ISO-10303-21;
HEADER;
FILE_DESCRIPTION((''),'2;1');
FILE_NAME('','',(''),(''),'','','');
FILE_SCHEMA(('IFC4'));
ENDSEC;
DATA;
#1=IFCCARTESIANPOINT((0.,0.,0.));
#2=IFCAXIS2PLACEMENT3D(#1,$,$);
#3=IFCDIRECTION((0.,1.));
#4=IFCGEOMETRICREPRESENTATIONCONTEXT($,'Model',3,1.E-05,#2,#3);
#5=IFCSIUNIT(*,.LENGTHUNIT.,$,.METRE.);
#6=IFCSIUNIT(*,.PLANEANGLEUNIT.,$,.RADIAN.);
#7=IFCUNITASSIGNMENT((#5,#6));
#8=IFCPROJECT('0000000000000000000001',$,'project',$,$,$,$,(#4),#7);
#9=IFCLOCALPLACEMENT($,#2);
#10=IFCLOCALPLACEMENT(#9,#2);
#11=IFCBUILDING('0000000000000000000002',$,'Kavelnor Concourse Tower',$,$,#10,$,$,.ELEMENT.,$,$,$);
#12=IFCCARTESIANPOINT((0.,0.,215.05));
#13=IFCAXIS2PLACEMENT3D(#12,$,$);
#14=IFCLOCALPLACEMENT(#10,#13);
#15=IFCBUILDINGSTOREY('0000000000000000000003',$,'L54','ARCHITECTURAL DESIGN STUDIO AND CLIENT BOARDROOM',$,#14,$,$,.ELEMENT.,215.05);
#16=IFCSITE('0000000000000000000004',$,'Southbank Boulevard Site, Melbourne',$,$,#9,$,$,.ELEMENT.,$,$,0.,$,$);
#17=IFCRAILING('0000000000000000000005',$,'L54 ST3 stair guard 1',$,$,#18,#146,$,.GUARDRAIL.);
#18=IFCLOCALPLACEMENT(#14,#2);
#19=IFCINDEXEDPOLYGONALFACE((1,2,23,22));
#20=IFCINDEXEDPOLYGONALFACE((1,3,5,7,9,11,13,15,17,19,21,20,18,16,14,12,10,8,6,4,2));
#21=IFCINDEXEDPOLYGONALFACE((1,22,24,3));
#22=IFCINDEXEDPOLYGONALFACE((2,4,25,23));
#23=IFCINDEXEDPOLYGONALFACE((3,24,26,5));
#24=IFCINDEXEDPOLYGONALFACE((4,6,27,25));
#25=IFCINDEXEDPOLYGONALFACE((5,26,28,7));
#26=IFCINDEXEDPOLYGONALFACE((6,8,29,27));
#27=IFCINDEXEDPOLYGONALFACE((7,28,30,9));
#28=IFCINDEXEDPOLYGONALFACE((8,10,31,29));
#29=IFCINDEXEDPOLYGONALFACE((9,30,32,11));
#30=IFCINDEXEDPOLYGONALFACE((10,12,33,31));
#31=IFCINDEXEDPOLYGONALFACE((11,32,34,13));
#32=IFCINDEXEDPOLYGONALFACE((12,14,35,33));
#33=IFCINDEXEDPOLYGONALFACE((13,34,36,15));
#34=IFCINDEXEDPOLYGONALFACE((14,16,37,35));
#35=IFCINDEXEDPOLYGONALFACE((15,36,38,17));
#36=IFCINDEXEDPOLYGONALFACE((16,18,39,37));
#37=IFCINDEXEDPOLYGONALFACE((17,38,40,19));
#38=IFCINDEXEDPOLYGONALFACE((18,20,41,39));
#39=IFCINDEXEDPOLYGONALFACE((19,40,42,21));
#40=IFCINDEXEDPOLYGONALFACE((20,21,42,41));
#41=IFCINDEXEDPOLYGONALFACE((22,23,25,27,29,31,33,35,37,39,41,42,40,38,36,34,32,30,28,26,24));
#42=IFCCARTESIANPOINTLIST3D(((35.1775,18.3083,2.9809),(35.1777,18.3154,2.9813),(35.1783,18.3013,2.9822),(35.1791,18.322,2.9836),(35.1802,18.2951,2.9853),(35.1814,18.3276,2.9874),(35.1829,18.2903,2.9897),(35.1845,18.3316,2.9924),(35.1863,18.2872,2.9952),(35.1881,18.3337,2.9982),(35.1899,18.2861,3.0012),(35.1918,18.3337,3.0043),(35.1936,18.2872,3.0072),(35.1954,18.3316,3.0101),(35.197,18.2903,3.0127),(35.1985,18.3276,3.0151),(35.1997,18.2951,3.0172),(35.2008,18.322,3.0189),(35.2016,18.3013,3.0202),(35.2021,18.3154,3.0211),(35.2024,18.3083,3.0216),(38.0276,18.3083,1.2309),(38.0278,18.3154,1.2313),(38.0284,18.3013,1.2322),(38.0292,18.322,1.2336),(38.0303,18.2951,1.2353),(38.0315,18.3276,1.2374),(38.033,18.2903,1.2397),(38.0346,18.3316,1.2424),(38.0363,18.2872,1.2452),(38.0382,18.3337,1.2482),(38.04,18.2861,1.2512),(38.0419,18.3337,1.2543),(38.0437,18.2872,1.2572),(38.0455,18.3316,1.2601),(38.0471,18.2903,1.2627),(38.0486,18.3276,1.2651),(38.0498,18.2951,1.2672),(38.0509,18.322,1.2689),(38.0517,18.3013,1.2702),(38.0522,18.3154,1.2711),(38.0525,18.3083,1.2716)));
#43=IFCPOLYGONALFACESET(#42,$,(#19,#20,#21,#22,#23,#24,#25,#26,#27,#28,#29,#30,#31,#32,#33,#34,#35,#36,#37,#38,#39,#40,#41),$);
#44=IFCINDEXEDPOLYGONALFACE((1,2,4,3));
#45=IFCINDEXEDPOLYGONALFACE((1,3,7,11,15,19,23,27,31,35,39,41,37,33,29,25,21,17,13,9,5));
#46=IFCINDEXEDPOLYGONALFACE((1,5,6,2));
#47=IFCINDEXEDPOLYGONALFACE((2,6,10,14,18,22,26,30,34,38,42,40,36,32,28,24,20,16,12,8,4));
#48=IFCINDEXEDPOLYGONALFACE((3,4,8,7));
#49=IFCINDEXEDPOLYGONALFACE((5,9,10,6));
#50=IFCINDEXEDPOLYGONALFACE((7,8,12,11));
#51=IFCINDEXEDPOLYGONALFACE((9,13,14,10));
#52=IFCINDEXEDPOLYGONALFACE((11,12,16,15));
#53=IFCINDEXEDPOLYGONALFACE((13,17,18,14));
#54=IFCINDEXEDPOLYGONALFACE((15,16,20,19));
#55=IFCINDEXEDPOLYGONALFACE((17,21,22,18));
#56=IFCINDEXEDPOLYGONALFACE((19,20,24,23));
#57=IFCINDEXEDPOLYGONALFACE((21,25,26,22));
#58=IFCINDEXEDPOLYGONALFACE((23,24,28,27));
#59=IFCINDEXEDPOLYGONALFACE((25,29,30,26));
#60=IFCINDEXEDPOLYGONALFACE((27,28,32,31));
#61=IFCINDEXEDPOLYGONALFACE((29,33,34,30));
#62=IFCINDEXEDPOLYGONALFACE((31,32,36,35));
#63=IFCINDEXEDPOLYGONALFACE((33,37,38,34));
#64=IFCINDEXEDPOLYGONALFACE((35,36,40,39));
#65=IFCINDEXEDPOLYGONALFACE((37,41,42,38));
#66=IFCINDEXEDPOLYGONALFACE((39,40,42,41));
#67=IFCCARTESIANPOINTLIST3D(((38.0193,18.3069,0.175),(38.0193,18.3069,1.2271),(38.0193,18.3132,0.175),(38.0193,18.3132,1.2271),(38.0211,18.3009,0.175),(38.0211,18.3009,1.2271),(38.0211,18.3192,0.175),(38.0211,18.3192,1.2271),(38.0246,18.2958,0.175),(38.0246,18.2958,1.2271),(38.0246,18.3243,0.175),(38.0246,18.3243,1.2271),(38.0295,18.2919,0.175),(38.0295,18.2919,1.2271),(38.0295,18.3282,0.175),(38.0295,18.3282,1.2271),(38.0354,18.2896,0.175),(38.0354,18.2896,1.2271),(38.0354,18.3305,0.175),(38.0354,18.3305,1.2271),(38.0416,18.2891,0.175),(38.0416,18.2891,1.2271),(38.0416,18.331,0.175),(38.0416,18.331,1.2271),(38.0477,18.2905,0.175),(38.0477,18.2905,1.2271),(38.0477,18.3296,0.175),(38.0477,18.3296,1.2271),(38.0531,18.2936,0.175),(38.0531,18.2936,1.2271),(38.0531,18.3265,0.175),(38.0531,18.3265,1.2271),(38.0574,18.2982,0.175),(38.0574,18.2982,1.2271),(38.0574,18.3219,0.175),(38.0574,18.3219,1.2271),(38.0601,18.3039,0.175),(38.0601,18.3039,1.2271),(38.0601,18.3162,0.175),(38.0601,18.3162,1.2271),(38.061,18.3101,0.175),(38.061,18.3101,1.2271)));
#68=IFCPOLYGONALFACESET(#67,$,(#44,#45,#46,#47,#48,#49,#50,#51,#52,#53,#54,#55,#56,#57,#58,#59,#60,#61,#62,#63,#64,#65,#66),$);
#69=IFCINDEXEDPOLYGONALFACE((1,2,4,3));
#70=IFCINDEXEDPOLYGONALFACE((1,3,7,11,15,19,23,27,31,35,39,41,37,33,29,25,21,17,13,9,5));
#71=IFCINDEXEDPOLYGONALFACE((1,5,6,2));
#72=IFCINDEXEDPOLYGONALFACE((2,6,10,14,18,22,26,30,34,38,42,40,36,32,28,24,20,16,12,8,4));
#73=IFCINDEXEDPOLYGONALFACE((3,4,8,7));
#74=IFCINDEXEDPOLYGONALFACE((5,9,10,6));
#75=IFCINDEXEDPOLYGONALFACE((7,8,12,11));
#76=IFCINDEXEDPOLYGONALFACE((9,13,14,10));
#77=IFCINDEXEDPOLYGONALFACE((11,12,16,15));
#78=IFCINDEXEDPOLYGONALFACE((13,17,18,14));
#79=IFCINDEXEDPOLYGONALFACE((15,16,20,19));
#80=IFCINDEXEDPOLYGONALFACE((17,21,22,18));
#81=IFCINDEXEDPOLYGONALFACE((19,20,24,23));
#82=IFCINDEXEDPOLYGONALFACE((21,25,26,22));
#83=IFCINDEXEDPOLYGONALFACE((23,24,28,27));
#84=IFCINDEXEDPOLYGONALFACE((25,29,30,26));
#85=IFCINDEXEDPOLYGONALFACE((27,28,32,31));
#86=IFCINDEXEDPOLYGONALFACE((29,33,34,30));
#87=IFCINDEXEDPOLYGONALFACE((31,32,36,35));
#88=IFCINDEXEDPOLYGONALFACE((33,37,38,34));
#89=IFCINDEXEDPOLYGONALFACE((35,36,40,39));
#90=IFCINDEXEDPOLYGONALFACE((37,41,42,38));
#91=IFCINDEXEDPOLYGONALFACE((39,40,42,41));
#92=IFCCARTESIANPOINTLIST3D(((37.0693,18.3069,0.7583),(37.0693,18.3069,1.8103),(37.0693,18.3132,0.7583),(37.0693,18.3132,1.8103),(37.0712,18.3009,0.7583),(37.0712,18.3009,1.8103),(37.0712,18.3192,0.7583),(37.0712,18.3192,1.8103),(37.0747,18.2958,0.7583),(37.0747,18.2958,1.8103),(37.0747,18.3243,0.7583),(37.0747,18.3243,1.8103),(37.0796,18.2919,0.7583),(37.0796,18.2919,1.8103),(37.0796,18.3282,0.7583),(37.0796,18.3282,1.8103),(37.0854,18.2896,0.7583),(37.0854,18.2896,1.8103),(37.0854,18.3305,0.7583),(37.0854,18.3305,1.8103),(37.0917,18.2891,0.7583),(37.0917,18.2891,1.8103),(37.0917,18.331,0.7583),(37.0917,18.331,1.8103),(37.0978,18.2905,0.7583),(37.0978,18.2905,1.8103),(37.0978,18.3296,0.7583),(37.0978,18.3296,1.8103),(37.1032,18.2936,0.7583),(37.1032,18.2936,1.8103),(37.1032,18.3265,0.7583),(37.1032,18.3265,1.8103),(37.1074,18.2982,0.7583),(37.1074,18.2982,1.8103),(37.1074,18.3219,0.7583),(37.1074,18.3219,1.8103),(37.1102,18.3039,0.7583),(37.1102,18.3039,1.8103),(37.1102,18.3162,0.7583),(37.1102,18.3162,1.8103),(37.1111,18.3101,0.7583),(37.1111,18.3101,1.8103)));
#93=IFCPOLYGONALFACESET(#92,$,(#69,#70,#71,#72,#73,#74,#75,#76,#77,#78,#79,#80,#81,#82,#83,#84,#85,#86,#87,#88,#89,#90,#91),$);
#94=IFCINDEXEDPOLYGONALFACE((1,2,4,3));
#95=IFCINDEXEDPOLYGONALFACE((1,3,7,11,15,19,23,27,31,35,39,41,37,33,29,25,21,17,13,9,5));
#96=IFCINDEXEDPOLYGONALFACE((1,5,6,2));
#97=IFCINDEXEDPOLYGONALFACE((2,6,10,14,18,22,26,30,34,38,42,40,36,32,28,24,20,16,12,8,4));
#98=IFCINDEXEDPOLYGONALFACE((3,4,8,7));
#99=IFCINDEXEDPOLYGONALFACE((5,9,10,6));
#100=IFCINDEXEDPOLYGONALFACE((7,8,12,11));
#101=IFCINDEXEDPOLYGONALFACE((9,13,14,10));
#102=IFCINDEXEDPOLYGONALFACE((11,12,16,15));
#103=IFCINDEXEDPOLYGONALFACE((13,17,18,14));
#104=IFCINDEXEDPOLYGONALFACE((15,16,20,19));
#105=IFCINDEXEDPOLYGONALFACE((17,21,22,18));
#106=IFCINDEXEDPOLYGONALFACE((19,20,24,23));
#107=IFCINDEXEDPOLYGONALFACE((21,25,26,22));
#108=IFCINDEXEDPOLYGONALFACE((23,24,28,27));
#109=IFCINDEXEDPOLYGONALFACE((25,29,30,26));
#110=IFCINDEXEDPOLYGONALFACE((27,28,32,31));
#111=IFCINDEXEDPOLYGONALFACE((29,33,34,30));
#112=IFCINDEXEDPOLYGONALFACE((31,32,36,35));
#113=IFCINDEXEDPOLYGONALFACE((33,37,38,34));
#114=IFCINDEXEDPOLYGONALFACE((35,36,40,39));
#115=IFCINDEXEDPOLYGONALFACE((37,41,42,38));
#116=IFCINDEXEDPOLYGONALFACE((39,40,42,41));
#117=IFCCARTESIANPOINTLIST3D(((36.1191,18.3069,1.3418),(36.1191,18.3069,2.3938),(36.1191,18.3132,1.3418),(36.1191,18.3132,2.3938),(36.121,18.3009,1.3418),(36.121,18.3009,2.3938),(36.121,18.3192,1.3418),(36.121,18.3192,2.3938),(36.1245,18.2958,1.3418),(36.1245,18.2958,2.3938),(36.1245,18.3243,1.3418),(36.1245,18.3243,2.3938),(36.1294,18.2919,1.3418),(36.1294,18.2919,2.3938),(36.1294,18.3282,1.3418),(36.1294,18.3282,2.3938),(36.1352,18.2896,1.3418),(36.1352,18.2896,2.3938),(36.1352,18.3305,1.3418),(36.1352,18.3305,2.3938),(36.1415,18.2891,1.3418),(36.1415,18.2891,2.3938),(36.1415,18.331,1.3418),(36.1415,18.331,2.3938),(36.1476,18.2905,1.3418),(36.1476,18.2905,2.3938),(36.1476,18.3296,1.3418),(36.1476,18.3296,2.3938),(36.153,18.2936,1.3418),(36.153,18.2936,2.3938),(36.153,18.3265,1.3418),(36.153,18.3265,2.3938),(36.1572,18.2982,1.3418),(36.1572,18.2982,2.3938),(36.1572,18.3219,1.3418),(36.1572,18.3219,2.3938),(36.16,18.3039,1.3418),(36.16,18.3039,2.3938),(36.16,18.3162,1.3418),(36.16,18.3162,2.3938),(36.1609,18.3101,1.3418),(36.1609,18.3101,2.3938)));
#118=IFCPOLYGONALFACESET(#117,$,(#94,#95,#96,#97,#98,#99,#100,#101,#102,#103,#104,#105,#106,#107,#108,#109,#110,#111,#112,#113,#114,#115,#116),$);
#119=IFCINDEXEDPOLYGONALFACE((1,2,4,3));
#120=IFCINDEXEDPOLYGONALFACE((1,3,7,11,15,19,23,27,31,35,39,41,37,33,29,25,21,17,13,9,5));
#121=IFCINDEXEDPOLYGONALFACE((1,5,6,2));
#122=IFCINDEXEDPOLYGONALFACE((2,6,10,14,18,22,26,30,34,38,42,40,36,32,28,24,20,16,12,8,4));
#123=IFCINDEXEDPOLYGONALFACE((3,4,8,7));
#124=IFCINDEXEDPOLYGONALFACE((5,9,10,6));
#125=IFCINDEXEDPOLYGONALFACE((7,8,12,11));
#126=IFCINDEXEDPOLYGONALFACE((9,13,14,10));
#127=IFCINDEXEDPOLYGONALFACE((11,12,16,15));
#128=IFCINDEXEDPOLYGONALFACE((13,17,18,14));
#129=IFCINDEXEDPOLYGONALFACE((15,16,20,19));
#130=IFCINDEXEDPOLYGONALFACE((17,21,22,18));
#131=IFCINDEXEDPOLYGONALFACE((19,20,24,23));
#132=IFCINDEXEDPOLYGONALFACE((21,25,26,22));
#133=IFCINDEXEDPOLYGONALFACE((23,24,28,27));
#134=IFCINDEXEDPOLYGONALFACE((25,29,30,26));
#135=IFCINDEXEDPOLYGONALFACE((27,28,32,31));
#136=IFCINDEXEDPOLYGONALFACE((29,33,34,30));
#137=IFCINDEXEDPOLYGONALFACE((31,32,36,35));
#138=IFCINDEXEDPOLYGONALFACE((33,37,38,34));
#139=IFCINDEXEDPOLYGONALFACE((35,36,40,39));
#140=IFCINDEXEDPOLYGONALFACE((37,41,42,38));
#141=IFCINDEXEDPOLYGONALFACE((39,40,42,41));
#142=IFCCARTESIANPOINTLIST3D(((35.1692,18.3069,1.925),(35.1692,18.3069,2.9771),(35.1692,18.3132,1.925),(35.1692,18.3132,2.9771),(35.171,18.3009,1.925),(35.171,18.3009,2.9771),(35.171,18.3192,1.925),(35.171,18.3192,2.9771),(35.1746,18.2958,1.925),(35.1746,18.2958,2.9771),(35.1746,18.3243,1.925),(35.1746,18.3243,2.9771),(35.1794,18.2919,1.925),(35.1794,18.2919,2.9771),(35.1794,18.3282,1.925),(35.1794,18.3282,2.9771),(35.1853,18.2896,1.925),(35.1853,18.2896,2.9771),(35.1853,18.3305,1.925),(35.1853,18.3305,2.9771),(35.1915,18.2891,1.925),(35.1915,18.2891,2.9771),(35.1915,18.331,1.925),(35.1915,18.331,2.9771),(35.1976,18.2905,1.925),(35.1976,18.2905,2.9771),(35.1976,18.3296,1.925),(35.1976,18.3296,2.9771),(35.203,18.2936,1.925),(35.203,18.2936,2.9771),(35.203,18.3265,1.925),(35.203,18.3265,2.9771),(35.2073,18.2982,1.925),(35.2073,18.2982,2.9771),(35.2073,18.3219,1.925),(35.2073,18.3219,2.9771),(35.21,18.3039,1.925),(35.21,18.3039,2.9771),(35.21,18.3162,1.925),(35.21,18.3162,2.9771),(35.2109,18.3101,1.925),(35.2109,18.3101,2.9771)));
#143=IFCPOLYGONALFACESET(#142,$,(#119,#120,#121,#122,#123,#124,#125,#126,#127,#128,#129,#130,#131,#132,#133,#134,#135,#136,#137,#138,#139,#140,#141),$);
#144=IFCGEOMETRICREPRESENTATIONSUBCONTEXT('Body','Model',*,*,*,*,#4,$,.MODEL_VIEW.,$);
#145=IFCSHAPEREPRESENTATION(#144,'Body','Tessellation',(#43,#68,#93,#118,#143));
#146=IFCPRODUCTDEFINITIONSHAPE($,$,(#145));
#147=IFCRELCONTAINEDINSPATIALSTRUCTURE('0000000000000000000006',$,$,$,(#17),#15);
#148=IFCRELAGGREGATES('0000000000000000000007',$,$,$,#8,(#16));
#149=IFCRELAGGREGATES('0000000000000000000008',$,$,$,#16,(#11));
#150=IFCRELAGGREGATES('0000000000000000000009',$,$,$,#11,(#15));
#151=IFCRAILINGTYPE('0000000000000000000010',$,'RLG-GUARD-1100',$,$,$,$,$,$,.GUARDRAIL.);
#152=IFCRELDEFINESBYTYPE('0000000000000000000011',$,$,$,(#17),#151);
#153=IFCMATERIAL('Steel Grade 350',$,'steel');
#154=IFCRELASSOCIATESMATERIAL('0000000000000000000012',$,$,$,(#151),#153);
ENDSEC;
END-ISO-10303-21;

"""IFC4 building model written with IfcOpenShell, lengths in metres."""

from ifc_helpers import new_model, si_unit, direction, frame, origin, origin_2d, place, context, subcontext, project, spatial, circle, extrude, material, type_object, element, save


model = new_model("IFC4")

# Units and contexts
model_context = context("Model", 3, precision=1e-05, world=origin(), true_north=direction((0.0, 1.0)))
body_context = subcontext(model_context, "Body", "Model", "MODEL_VIEW")
ifc_project = project(units=[si_unit("LENGTHUNIT", "METRE"), si_unit("PLANEANGLEUNIT", "RADIAN")], contexts=[model_context])

# Site, building, storey
site_placement = place(None, origin())
site = spatial("IfcSite", under=ifc_project, at=site_placement, Name="Southbank Boulevard Site, Melbourne", CompositionType="ELEMENT", RefElevation=0.0)
building_placement = place(site_placement, origin())
building = spatial("IfcBuilding", under=site, at=building_placement, Name="Kavelnor Concourse Tower", CompositionType="ELEMENT")
storey_placement = place(building_placement, frame((0.0, 0.0, 215.05)))
storey = spatial("IfcBuildingStorey", under=building, at=storey_placement, Name="L54", Description="ARCHITECTURAL DESIGN STUDIO AND CLIENT BOARDROOM", CompositionType="ELEMENT", Elevation=215.05)

# Shared definitions
ifc_material_1 = material(Name="Steel Grade 350", Category="steel")

# Railing
railing_type_1 = type_object("IfcRailingType", Name="RLG-GUARD-1100", PredefinedType="GUARDRAIL", material=ifc_material_1)
railing_1_placement = place(storey_placement, frame((38.04, 18.3101, 0.175)))
element("IfcRailing", 1, at=railing_1_placement, inside=storey, type_object=railing_type_1, Name="L54 ST3 stair guard 1", PredefinedType="GUARDRAIL", context=body_context, shape_type="SweptSolid", body=[
    extrude(circle(Radius=0.0239, at=origin_2d()), frame((0.0, 0.0, 1.0762), z_axis=(-0.852179, 0.0, 0.52325), x_axis=(0.0, -1.0, 0.0)), (0.0, 0.0, 1.0), 3.3445),
    extrude(circle(Radius=0.021, at=origin_2d()), origin(), (0.0, 0.0, 1.0), 1.052),
    extrude(circle(Radius=0.021, at=origin_2d()), frame((-0.95, 0.0, 0.5833)), (0.0, 0.0, 1.0), 1.052),
    extrude(circle(Radius=0.021, at=origin_2d()), frame((-1.9001, 0.0, 1.1667)), (0.0, 0.0, 1.0), 1.052),
    extrude(circle(Radius=0.021, at=origin_2d()), frame((-2.8501, 0.0, 1.75)), (0.0, 0.0, 1.0), 1.052),
])

save(model, "model.ifc")
